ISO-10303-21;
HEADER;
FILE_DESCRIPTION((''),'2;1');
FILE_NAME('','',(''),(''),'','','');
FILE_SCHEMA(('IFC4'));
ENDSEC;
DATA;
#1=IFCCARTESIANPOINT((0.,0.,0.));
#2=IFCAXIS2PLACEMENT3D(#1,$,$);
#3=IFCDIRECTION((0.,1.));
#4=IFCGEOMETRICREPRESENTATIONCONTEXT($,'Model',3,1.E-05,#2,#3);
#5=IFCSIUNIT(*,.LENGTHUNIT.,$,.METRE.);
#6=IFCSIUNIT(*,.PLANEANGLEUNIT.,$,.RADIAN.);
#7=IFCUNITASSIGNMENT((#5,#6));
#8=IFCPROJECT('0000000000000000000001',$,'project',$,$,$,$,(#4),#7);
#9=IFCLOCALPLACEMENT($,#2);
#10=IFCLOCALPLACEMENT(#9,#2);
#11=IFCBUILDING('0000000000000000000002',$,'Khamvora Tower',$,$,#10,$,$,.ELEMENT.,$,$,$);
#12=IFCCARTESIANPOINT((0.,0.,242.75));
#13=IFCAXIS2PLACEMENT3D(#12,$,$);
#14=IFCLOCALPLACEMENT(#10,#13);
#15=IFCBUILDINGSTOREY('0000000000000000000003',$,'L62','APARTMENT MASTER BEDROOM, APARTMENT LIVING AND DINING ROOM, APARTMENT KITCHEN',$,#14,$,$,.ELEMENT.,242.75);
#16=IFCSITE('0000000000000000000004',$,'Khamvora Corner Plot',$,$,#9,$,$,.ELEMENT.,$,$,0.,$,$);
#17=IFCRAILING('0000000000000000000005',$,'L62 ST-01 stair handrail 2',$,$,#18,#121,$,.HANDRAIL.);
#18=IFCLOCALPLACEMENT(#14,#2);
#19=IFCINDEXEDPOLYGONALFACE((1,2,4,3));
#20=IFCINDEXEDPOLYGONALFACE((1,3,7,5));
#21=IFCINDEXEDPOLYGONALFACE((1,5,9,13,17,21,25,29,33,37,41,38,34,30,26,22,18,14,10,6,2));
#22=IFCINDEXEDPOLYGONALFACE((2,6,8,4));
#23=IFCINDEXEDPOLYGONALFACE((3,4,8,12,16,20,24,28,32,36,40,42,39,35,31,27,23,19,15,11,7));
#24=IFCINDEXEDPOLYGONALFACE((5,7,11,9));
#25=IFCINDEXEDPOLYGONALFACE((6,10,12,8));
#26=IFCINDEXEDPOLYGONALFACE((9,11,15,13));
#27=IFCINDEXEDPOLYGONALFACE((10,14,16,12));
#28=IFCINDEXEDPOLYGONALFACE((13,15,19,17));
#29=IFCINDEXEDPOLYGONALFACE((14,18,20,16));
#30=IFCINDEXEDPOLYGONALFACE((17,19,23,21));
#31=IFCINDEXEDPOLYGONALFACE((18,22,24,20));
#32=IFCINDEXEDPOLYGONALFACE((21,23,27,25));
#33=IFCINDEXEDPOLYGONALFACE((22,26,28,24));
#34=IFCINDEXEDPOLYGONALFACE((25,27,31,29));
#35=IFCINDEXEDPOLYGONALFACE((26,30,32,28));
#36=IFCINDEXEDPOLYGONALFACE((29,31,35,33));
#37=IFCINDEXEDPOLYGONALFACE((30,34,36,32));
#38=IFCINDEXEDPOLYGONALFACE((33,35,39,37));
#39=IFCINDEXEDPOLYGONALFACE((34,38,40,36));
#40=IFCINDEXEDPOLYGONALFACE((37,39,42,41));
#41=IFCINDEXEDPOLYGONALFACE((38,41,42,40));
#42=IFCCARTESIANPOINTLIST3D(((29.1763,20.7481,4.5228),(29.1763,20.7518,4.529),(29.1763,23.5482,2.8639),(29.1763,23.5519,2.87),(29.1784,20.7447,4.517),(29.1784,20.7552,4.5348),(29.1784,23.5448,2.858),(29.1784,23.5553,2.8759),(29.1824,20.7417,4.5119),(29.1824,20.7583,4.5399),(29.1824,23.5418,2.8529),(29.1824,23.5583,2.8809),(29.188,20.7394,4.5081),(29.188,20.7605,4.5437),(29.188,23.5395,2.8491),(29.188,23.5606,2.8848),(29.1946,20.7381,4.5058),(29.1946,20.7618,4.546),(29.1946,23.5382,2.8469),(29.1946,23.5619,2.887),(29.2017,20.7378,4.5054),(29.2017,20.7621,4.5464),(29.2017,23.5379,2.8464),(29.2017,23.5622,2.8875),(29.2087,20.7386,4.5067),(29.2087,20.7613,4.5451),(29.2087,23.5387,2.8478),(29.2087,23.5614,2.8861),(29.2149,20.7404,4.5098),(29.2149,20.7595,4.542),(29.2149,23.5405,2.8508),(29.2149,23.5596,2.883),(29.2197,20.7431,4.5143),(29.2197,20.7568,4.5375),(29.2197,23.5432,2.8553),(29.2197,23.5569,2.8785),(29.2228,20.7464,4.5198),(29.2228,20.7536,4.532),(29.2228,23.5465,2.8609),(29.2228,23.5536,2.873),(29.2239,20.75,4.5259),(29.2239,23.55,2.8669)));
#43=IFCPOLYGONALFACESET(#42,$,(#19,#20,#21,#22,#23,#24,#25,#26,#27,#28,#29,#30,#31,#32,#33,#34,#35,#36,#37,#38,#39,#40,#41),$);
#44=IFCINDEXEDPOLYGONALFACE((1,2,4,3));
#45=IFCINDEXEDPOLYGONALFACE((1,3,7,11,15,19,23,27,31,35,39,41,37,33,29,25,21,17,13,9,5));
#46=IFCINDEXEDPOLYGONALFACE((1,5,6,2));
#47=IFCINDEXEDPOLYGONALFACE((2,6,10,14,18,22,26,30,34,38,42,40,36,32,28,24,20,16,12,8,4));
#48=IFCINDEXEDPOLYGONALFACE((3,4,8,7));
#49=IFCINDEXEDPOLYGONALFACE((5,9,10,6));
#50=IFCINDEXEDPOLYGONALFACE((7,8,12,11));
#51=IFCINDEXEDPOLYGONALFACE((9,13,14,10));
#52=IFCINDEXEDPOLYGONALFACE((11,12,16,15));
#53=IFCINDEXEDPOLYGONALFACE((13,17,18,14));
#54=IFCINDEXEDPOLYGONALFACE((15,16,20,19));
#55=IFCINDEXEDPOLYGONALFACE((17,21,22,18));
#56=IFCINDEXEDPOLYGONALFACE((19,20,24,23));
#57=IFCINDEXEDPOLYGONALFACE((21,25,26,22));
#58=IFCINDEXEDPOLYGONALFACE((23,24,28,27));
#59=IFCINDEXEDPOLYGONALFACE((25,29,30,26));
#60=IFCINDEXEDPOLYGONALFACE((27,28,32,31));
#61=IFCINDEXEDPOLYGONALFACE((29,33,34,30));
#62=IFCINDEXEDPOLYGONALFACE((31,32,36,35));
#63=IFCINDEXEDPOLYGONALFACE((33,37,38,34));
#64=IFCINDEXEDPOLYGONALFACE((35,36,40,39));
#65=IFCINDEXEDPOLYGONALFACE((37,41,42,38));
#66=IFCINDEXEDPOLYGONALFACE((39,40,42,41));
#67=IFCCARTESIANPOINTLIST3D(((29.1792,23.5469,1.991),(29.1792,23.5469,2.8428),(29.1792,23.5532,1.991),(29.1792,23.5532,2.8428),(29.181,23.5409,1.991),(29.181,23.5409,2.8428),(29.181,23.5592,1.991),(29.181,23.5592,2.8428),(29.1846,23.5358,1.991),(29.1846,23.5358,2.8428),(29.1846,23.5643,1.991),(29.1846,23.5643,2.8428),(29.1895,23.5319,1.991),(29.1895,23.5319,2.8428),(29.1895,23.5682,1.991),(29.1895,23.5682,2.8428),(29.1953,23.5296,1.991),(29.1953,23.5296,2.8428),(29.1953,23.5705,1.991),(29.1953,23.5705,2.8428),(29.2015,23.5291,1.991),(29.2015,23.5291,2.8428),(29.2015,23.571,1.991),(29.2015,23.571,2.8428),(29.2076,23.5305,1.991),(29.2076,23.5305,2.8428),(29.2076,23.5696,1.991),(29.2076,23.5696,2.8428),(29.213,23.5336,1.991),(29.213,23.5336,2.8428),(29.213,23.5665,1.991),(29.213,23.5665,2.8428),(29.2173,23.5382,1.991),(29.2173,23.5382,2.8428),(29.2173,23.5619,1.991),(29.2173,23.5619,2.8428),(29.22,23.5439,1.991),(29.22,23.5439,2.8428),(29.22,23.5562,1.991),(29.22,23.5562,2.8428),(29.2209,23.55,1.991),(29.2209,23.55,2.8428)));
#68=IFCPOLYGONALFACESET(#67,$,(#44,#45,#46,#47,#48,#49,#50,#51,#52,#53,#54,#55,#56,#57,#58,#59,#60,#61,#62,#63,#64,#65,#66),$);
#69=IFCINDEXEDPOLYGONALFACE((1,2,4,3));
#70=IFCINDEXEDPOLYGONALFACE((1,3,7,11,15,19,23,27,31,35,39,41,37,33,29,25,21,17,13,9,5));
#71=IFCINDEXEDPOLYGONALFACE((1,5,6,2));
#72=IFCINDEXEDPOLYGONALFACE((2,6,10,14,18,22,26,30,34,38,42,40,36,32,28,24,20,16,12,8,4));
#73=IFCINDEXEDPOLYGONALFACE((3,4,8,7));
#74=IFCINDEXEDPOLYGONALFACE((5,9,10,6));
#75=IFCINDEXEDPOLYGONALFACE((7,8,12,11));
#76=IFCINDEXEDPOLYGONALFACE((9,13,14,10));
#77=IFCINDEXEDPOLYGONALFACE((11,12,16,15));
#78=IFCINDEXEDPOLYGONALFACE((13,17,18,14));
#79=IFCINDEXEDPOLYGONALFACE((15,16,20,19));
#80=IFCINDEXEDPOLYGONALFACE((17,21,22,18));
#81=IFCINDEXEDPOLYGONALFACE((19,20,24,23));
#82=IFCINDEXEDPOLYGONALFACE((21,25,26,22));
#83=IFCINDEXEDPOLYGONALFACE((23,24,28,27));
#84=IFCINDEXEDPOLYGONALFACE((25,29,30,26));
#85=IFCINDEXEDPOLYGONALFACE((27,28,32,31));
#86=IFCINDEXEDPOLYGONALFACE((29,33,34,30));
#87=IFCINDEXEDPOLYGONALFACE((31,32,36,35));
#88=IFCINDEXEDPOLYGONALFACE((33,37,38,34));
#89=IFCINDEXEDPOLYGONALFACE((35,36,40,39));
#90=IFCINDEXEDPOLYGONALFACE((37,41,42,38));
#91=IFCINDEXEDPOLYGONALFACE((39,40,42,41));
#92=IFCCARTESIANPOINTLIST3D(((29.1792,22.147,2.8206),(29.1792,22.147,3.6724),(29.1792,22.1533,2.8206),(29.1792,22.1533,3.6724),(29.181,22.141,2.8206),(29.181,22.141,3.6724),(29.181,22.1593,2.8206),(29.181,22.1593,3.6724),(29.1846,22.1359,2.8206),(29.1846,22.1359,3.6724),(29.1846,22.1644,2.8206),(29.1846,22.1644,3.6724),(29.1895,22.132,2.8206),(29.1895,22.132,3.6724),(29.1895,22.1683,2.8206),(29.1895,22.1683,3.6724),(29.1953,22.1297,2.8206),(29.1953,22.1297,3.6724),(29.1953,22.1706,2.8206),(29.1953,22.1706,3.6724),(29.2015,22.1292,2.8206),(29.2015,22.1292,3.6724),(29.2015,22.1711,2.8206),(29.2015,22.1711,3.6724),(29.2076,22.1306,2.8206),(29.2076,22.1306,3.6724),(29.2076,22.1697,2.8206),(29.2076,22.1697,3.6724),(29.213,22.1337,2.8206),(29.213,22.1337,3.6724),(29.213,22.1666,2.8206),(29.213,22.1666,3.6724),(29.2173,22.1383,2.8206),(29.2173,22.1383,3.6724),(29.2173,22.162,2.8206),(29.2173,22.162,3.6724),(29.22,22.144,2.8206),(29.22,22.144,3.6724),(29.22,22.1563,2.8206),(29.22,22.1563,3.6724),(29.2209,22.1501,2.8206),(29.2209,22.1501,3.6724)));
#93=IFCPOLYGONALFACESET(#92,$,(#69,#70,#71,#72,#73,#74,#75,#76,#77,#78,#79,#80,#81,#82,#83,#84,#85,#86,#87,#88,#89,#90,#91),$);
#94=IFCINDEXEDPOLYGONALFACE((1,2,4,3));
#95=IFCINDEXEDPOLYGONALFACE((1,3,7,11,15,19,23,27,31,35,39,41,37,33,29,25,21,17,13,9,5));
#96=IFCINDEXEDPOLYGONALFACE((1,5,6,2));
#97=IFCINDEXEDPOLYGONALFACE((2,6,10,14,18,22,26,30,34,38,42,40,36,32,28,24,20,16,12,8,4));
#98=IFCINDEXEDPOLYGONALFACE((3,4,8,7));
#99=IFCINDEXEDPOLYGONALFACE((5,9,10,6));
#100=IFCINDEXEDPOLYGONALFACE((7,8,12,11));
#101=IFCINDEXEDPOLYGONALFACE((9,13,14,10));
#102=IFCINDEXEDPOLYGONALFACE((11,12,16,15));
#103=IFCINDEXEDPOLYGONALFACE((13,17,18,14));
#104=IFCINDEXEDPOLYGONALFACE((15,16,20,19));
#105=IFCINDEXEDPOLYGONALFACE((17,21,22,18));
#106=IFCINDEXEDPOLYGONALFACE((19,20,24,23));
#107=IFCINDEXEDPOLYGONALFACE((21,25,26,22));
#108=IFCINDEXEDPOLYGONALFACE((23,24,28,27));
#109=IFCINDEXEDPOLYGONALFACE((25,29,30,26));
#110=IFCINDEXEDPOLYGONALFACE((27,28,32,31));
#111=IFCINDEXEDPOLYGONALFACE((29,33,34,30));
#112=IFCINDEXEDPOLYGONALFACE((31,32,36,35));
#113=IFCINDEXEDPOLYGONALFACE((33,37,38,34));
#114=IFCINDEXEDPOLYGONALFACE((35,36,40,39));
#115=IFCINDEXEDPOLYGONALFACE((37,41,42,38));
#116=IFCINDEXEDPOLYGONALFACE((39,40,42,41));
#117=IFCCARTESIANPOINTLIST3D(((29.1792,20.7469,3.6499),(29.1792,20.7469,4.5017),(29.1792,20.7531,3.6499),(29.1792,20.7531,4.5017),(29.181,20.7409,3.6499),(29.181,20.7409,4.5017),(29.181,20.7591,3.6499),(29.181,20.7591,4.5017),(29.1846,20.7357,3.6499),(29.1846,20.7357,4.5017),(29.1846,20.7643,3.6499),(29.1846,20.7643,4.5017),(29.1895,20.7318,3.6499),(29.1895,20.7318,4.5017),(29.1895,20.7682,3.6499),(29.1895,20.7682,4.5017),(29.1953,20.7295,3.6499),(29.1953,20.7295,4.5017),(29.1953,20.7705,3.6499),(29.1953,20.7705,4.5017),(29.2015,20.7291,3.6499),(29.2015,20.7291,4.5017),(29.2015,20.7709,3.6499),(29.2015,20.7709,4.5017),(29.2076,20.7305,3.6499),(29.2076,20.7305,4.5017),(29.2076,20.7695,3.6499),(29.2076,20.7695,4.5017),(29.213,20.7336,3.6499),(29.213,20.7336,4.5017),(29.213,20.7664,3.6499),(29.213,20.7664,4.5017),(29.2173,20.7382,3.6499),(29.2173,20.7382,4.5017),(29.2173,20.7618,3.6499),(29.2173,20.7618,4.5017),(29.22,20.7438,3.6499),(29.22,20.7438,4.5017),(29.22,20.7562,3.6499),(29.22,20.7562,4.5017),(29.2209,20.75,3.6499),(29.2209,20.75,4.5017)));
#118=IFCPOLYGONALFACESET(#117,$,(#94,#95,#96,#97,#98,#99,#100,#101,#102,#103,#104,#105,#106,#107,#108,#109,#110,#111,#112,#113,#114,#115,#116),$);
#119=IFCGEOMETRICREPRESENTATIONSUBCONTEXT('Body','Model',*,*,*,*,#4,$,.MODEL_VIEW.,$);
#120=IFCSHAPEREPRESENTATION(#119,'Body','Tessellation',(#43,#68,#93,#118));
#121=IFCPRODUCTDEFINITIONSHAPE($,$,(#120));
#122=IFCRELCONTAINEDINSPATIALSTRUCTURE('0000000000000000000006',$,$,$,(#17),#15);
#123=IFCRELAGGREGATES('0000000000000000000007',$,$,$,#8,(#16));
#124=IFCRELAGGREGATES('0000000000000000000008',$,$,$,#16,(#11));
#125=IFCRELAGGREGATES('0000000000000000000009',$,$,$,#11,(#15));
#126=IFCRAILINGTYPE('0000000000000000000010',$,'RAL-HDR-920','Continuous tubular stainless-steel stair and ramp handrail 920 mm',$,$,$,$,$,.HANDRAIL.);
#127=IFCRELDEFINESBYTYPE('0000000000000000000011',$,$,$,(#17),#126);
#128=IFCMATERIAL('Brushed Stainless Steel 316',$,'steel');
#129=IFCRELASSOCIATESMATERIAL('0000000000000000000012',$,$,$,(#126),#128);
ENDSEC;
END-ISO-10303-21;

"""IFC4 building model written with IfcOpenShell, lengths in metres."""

from ifc_helpers import new_model, si_unit, direction, frame, origin, origin_2d, place, context, subcontext, project, spatial, circle, extrude, material, type_object, element, save


model = new_model("IFC4")

# Units and contexts
model_context = context("Model", 3, precision=1e-05, world=origin(), true_north=direction((0.0, 1.0)))
body_context = subcontext(model_context, "Body", "Model", "MODEL_VIEW")
ifc_project = project(units=[si_unit("LENGTHUNIT", "METRE"), si_unit("PLANEANGLEUNIT", "RADIAN")], contexts=[model_context])

# Site, building, storey
site_placement = place(None, origin())
site = spatial("IfcSite", under=ifc_project, at=site_placement, Name="Khamvora Corner Plot", CompositionType="ELEMENT", RefElevation=0.0)
building_placement = place(site_placement, origin())
building = spatial("IfcBuilding", under=site, at=building_placement, Name="Khamvora Tower", CompositionType="ELEMENT")
storey_placement = place(building_placement, frame((0.0, 0.0, 242.75)))
storey = spatial("IfcBuildingStorey", under=building, at=storey_placement, Name="L62", Description="APARTMENT MASTER BEDROOM, APARTMENT LIVING AND DINING ROOM, APARTMENT KITCHEN", CompositionType="ELEMENT", Elevation=242.75)

# Railing
ifc_material_1 = material(Name="Brushed Stainless Steel 316", Category="steel")
railing_type_1 = type_object("IfcRailingType", Name="RAL-HDR-920", Description="Continuous tubular stainless-steel stair and ramp handrail 920 mm", PredefinedType="HANDRAIL", material=ifc_material_1)
railing_1_placement = place(storey_placement, frame((29.2, 23.55, 1.991)))
element("IfcRailing", 1, at=railing_1_placement, inside=storey, type_object=railing_type_1, Name="L62 ST-01 stair handrail 2", PredefinedType="HANDRAIL", context=body_context, shape_type="SweptSolid", body=[
    extrude(circle(Radius=0.0239, at=origin_2d()), frame((0.0, 0.0, 0.876), z_axis=(0.0, -0.860339, 0.509722), x_axis=(1.0, 0.0, 0.0)), (0.0, 0.0, 1.0), 3.2546),
    extrude(circle(Radius=0.021, at=origin_2d()), origin(), (0.0, 0.0, 1.0), 0.8518),
    extrude(circle(Radius=0.021, at=origin_2d()), frame((0.0, -1.3999, 0.8296)), (0.0, 0.0, 1.0), 0.8518),
    extrude(circle(Radius=0.021, at=origin_2d()), frame((0.0, -2.8, 1.6589)), (0.0, 0.0, 1.0), 0.8518),
])

save(model, "model.ifc")
